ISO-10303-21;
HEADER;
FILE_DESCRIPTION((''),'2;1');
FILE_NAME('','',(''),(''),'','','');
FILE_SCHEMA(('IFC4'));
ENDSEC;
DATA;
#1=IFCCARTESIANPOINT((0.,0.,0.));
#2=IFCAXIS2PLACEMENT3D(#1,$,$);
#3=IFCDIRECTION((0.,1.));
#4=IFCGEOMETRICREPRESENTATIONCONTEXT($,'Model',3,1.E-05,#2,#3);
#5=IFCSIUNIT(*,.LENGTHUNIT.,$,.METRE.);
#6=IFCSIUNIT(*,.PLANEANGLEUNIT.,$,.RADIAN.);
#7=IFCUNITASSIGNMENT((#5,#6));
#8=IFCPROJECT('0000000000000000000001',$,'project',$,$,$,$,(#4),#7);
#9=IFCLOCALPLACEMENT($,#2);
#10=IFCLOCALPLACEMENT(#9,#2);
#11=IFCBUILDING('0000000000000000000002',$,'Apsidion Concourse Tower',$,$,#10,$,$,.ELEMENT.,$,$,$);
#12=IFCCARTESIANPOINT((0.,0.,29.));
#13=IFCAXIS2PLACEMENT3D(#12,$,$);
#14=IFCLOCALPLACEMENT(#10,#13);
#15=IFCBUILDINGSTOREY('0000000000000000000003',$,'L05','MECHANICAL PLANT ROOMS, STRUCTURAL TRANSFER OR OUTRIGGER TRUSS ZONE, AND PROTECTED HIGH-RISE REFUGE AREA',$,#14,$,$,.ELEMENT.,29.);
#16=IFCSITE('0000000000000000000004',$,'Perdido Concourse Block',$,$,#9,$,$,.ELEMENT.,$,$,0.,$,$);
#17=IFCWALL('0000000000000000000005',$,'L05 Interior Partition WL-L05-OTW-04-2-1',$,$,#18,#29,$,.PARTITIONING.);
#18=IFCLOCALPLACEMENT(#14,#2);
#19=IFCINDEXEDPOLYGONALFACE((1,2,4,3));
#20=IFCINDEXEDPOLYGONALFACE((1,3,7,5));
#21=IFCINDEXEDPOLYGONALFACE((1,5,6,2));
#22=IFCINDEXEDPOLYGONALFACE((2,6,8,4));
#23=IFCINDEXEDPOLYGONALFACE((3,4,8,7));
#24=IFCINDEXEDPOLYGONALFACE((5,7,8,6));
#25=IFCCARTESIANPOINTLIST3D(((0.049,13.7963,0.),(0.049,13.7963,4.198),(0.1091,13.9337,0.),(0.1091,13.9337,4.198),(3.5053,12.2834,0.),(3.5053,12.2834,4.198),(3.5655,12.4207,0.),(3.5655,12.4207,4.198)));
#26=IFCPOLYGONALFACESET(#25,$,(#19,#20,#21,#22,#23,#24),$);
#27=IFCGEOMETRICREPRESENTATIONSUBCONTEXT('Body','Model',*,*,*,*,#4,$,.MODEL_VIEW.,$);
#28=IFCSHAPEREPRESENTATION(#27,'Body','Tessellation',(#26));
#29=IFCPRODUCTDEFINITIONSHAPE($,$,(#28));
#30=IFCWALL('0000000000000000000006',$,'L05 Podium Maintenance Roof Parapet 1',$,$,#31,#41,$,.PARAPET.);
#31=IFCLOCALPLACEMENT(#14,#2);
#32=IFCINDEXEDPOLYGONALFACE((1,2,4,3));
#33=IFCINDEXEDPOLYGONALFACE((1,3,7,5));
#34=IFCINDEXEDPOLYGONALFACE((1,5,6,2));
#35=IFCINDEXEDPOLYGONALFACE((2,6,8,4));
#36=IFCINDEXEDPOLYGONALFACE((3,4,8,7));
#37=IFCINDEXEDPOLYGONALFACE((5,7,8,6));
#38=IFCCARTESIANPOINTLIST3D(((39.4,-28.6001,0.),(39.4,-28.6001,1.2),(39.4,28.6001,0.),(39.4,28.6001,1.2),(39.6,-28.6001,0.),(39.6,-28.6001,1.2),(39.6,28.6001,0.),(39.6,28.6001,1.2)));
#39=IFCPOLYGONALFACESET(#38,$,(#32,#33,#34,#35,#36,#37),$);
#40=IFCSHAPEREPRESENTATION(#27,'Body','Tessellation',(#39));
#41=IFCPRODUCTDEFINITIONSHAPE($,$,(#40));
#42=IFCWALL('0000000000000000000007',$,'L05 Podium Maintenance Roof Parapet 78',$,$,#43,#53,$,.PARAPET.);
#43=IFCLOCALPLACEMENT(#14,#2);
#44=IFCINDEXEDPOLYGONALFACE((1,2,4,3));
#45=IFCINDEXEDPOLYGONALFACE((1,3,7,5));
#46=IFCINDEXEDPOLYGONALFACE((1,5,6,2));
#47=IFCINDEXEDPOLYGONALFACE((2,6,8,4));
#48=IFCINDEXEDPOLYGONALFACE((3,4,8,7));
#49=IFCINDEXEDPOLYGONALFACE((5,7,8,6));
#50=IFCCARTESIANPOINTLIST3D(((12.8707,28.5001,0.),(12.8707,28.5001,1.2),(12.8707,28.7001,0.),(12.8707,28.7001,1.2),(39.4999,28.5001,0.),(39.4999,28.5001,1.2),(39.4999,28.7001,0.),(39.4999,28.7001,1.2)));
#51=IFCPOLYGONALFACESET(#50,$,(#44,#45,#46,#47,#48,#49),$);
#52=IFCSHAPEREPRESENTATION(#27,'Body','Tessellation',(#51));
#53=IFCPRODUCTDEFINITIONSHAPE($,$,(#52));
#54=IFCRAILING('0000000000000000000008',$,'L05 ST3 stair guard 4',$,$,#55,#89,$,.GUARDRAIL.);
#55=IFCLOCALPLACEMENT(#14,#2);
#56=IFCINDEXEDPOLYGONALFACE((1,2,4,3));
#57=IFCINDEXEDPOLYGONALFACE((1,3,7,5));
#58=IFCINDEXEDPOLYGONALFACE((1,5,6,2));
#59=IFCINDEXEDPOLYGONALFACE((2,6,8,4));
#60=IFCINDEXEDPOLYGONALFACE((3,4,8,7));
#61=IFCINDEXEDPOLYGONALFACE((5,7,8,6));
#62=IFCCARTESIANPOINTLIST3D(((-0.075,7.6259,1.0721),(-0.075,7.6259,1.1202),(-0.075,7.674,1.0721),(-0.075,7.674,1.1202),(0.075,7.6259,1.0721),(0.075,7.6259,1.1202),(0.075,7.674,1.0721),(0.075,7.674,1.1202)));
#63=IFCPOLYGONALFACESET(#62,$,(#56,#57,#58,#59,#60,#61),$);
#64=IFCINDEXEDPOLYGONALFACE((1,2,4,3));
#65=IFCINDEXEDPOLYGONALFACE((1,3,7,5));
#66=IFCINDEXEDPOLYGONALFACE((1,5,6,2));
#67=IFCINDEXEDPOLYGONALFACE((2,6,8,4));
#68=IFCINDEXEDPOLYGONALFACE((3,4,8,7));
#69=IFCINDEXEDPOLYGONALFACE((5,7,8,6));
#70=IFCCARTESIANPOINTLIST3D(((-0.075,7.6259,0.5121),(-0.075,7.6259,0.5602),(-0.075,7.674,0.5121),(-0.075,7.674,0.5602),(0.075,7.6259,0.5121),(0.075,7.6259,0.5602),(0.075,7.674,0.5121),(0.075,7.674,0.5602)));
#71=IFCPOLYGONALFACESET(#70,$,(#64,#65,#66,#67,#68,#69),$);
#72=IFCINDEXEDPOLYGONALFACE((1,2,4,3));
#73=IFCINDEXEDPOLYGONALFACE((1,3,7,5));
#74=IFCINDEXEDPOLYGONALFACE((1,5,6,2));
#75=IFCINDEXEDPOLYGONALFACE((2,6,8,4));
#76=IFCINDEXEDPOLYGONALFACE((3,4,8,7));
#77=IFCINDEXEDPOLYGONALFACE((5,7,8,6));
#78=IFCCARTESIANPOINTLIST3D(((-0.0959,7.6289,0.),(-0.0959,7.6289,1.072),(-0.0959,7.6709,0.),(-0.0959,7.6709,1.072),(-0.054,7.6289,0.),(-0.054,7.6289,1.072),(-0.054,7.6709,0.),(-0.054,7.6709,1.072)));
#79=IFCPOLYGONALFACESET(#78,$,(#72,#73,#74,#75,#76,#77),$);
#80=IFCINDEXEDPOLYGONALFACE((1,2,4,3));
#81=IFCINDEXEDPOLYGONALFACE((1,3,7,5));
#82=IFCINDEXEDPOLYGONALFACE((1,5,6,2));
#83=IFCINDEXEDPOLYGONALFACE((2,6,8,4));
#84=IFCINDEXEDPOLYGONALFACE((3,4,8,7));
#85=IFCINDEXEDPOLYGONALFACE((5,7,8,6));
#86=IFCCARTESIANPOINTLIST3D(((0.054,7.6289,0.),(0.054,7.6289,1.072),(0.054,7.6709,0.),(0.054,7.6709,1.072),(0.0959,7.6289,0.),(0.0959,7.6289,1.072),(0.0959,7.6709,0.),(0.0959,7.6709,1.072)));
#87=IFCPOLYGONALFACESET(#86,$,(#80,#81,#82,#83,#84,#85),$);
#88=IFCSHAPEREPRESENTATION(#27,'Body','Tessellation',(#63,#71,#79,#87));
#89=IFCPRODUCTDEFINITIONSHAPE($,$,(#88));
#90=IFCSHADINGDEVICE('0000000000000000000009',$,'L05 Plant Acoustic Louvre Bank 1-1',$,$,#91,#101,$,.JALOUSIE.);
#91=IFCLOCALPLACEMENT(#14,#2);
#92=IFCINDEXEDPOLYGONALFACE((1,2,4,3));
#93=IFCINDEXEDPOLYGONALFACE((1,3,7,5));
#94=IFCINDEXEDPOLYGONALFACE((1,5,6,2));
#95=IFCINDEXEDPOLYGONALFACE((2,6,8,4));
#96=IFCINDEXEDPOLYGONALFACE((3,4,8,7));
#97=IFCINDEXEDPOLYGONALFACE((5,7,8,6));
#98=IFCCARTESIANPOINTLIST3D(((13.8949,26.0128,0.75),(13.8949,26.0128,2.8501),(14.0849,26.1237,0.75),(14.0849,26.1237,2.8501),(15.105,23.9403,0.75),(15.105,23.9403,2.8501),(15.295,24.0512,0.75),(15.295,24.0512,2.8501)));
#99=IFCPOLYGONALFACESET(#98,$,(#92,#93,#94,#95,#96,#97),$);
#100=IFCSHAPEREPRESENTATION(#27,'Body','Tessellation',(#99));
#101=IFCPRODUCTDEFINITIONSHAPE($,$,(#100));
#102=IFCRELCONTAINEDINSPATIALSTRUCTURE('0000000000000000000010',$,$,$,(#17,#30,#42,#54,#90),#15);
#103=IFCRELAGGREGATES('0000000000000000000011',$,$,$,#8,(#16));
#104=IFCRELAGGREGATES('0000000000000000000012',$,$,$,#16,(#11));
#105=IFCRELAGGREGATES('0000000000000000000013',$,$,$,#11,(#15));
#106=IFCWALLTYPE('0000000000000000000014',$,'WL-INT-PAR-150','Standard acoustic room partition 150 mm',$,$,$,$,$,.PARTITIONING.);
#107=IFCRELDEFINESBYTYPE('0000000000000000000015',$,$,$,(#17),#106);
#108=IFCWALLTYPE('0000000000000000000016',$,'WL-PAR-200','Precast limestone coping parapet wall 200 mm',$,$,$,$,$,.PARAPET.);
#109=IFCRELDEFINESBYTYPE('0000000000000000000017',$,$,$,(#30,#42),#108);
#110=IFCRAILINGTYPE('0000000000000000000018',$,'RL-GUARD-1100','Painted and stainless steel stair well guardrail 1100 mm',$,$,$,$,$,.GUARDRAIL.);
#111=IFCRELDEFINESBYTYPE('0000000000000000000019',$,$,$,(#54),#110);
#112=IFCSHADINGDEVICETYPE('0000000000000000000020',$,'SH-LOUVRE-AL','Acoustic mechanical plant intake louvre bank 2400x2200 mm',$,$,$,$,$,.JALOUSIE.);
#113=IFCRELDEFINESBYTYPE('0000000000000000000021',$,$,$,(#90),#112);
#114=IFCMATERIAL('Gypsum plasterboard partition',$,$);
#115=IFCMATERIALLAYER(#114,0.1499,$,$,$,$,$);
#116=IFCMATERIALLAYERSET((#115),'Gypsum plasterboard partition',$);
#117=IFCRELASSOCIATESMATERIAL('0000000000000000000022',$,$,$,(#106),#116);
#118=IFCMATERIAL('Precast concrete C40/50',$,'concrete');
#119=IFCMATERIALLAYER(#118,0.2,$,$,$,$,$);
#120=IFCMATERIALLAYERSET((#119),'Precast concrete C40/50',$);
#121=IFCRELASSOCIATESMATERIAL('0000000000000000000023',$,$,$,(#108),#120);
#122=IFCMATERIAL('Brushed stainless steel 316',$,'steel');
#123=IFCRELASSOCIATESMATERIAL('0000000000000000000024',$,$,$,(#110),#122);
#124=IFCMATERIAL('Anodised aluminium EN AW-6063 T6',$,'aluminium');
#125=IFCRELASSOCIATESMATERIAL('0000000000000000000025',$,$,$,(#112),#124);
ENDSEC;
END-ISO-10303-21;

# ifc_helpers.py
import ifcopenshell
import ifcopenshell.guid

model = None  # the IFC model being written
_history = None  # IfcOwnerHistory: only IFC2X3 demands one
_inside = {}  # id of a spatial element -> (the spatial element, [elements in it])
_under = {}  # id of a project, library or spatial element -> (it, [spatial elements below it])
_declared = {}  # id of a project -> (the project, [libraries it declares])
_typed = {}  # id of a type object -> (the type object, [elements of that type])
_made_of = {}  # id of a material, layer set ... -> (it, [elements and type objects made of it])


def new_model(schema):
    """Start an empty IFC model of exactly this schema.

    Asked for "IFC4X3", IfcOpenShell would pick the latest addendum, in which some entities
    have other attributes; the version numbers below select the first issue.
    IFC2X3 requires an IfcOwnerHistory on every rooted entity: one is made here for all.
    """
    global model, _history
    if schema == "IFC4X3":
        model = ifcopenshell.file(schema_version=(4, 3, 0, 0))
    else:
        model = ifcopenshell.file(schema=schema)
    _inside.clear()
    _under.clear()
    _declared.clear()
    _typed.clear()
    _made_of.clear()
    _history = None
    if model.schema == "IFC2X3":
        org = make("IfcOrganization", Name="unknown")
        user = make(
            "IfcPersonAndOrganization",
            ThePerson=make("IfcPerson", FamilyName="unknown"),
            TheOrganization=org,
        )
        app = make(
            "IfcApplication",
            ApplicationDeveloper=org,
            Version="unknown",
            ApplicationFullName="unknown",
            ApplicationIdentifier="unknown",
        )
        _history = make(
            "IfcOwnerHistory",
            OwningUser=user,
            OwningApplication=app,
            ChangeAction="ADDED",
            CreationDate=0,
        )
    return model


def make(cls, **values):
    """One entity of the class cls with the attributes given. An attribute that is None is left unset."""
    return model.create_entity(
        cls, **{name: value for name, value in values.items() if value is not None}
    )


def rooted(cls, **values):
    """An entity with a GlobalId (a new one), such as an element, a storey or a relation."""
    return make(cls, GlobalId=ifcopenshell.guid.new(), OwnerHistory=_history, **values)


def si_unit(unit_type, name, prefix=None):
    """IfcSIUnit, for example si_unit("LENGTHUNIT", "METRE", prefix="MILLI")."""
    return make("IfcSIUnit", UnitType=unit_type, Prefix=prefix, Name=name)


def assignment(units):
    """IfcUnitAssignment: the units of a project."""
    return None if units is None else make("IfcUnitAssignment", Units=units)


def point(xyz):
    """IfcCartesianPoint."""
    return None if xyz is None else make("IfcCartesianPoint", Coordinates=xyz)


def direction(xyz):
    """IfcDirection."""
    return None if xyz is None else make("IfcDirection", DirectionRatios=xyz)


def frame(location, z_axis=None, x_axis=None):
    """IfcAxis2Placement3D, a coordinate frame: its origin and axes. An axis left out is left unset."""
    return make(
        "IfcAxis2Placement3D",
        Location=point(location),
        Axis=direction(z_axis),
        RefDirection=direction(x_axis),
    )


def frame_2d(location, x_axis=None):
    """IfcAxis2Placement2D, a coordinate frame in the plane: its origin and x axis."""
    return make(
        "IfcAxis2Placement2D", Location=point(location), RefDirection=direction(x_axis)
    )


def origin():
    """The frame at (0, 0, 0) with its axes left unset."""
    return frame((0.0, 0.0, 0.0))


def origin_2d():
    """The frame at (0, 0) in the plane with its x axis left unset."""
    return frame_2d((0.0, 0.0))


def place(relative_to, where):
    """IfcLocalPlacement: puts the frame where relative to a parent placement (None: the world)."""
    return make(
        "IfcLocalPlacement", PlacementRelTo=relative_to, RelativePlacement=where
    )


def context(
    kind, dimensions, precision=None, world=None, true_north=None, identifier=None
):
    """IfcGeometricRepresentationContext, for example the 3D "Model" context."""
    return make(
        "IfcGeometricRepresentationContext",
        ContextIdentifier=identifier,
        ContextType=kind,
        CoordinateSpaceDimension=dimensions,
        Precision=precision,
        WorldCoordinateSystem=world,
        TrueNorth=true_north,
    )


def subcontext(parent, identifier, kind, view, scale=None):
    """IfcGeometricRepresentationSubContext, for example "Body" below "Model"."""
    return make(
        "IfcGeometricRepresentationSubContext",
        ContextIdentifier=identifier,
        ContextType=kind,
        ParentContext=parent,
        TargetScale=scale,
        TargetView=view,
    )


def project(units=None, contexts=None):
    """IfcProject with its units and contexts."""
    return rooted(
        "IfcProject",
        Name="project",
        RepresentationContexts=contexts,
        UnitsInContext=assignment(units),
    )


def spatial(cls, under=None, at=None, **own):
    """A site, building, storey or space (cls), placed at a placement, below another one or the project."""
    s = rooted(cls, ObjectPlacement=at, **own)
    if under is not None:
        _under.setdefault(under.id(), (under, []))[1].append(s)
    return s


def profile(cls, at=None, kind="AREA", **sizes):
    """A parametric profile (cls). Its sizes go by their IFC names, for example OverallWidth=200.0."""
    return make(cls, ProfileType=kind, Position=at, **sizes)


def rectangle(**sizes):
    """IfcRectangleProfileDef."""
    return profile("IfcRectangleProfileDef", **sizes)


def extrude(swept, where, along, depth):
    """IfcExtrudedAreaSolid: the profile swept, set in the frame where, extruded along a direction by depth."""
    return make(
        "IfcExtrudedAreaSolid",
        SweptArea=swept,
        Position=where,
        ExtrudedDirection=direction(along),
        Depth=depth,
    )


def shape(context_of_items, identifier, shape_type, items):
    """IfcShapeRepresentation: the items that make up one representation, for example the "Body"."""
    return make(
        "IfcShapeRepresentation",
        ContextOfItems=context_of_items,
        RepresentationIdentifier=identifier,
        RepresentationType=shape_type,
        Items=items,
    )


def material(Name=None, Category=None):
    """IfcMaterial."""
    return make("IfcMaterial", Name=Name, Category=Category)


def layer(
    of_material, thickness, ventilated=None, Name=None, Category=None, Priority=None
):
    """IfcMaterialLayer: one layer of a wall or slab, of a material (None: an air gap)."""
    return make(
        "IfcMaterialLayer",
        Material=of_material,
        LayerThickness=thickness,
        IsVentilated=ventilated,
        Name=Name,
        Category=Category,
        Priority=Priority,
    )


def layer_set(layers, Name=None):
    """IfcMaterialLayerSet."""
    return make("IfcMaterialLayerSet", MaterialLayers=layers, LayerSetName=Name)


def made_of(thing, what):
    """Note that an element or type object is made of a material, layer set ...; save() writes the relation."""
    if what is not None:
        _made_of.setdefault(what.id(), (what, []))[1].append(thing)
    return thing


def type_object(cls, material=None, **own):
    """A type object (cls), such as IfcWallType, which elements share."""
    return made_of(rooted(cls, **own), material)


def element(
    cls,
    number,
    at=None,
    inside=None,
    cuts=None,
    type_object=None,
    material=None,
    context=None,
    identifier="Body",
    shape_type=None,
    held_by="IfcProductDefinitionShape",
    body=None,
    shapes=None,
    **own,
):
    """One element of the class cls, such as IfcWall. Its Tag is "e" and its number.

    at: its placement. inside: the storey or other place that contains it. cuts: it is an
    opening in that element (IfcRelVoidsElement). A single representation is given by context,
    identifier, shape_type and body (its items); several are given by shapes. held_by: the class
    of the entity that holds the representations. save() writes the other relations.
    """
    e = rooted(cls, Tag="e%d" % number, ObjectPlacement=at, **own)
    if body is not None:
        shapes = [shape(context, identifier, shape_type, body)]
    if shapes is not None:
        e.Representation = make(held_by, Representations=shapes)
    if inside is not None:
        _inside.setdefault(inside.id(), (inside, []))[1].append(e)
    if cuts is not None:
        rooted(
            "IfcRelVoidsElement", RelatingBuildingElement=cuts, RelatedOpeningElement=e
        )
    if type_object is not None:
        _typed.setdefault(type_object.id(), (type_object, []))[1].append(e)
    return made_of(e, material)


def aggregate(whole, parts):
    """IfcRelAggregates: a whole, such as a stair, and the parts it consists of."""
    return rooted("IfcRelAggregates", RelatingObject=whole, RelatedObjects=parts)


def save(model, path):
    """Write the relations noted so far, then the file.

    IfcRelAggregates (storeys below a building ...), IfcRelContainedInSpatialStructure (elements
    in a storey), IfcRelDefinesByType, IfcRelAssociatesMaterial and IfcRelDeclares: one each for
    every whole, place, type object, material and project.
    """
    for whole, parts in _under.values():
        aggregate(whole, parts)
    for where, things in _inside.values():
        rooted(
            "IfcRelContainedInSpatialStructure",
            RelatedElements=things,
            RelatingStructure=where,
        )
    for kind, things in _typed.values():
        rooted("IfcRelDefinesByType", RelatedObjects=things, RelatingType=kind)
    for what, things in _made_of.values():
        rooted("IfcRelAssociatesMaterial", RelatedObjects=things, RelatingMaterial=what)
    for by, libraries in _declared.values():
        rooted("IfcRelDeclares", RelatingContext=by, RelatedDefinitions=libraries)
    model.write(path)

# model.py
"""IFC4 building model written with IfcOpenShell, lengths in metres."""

from ifc_helpers import new_model, si_unit, direction, frame, frame_2d, origin, origin_2d, place, context, subcontext, project, spatial, rectangle, extrude, material, layer, layer_set, type_object, element, save


model = new_model("IFC4")

# Units and contexts
model_context = context("Model", 3, precision=1e-05, world=origin(), true_north=direction((0.0, 1.0)))
body_context = subcontext(model_context, "Body", "Model", "MODEL_VIEW")
ifc_project = project(units=[si_unit("LENGTHUNIT", "METRE"), si_unit("PLANEANGLEUNIT", "RADIAN")], contexts=[model_context])

# Site, building, storey
site_placement = place(None, origin())
site = spatial("IfcSite", under=ifc_project, at=site_placement, Name="Perdido Concourse Block", CompositionType="ELEMENT", RefElevation=0.0)
building_placement = place(site_placement, origin())
building = spatial("IfcBuilding", under=site, at=building_placement, Name="Apsidion Concourse Tower", CompositionType="ELEMENT")
storey_placement = place(building_placement, frame((0.0, 0.0, 29.0)))
storey = spatial("IfcBuildingStorey", under=building, at=storey_placement, Name="L05", Description="MECHANICAL PLANT ROOMS, STRUCTURAL TRANSFER OR OUTRIGGER TRUSS ZONE, AND PROTECTED HIGH-RISE REFUGE AREA", CompositionType="ELEMENT", Elevation=29.0)

# Shared definitions
ifc_material_1 = material(Name="Precast concrete C40/50", Category="concrete")

# Shared definitions
ifc_material_2 = material(Name="Gypsum plasterboard partition")
ifc_layer_1 = layer(ifc_material_2, 0.1499)
ifc_layer_set_1 = layer_set([ifc_layer_1], Name="Gypsum plasterboard partition")
wall_type_1 = type_object("IfcWallType", Name="WL-INT-PAR-150", Description="Standard acoustic room partition 150 mm", PredefinedType="PARTITIONING", material=ifc_layer_set_1)
ifc_material_3 = material(Name="Brushed stainless steel 316", Category="steel")

# Walls
wall_1_placement = place(storey_placement, frame((3.5354, 12.3521, 0.0), z_axis=(0.0, 0.0, 1.0), x_axis=(-0.916079, 0.400999, 0.0)))
element("IfcWall", 1, at=wall_1_placement, inside=storey, type_object=wall_type_1, Name="L05 Interior Partition WL-L05-OTW-04-2-1", PredefinedType="PARTITIONING", context=body_context, shape_type="SweptSolid", body=[
    extrude(rectangle(XDim=3.7729, YDim=0.1499, at=frame_2d((1.8865, 0.0))), origin(), (0.0, 0.0, 1.0), 4.198),
])
ifc_layer_2 = layer(ifc_material_1, 0.2)
ifc_layer_set_2 = layer_set([ifc_layer_2], Name="Precast concrete C40/50")
wall_type_2 = type_object("IfcWallType", Name="WL-PAR-200", Description="Precast limestone coping parapet wall 200 mm", PredefinedType="PARAPET", material=ifc_layer_set_2)
wall_2_placement = place(storey_placement, frame((39.5, 28.6001, 0.0), z_axis=(0.0, 0.0, 1.0), x_axis=(0.0, -1.0, 0.0)))
element("IfcWall", 2, at=wall_2_placement, inside=storey, type_object=wall_type_2, Name="L05 Podium Maintenance Roof Parapet 1", PredefinedType="PARAPET", context=body_context, shape_type="SweptSolid", body=[
    extrude(rectangle(XDim=57.2002, YDim=0.2, at=frame_2d((28.6001, 0.0))), origin(), (0.0, 0.0, 1.0), 1.2),
])
wall_3_placement = place(storey_placement, frame((12.8708, 28.6001, 0.0), z_axis=(0.0, 0.0, 1.0), x_axis=(1.0, 0.0, 0.0)))
element("IfcWall", 3, at=wall_3_placement, inside=storey, type_object=wall_type_2, Name="L05 Podium Maintenance Roof Parapet 78", PredefinedType="PARAPET", context=body_context, shape_type="SweptSolid", body=[
    extrude(rectangle(XDim=26.6292, YDim=0.2, at=frame_2d((13.3145, 0.0))), origin(), (0.0, 0.0, 1.0), 1.2),
])

# Railing
railing_type = type_object("IfcRailingType", Name="RL-GUARD-1100", Description="Painted and stainless steel stair well guardrail 1100 mm", PredefinedType="GUARDRAIL", material=ifc_material_3)
railing_placement = place(storey_placement, frame((-0.075, 7.6499, 0.0)))
element("IfcRailing", 4, at=railing_placement, inside=storey, type_object=railing_type, Name="L05 ST3 stair guard 4", PredefinedType="GUARDRAIL", context=body_context, shape_type="SweptSolid", body=[
    extrude(rectangle(XDim=0.0481, YDim=0.0481, at=origin_2d()), frame((0.0, 0.0, 1.0962), z_axis=(1.0, 0.0, 0.0), x_axis=(0.0, 1.0, 0.0)), (0.0, 0.0, 1.0), 0.1499),
    extrude(rectangle(XDim=0.0481, YDim=0.0481, at=origin_2d()), frame((0.0, 0.0, 0.5361), z_axis=(1.0, 0.0, 0.0), x_axis=(0.0, 1.0, 0.0)), (0.0, 0.0, 1.0), 0.1499),
    extrude(rectangle(XDim=0.042, YDim=0.042, at=origin_2d()), origin(), (0.0, 0.0, 1.0), 1.072),
    extrude(rectangle(XDim=0.042, YDim=0.042, at=origin_2d()), frame((0.1499, 0.0, 0.0)), (0.0, 0.0, 1.0), 1.072),
])

# Shading device
ifc_material_4 = material(Name="Anodised aluminium EN AW-6063 T6", Category="aluminium")
shading_device_type = type_object("IfcShadingDeviceType", Name="SH-LOUVRE-AL", Description="Acoustic mechanical plant intake louvre bank 2400x2200 mm", PredefinedType="JALOUSIE", material=ifc_material_4)
shading_device_placement = place(storey_placement, frame((14.595, 25.032, 0.75), z_axis=(0.0, 0.0, 1.0), x_axis=(0.504226, -0.863572, 0.0)))
element("IfcShadingDevice", 5, at=shading_device_placement, inside=storey, type_object=shading_device_type, Name="L05 Plant Acoustic Louvre Bank 1-1", PredefinedType="JALOUSIE", context=body_context, shape_type="SweptSolid", body=[
    extrude(rectangle(XDim=2.3999, YDim=0.22, at=origin_2d()), origin(), (0.0, 0.0, 1.0), 2.1001),
])

save(model, "model.ifc")
